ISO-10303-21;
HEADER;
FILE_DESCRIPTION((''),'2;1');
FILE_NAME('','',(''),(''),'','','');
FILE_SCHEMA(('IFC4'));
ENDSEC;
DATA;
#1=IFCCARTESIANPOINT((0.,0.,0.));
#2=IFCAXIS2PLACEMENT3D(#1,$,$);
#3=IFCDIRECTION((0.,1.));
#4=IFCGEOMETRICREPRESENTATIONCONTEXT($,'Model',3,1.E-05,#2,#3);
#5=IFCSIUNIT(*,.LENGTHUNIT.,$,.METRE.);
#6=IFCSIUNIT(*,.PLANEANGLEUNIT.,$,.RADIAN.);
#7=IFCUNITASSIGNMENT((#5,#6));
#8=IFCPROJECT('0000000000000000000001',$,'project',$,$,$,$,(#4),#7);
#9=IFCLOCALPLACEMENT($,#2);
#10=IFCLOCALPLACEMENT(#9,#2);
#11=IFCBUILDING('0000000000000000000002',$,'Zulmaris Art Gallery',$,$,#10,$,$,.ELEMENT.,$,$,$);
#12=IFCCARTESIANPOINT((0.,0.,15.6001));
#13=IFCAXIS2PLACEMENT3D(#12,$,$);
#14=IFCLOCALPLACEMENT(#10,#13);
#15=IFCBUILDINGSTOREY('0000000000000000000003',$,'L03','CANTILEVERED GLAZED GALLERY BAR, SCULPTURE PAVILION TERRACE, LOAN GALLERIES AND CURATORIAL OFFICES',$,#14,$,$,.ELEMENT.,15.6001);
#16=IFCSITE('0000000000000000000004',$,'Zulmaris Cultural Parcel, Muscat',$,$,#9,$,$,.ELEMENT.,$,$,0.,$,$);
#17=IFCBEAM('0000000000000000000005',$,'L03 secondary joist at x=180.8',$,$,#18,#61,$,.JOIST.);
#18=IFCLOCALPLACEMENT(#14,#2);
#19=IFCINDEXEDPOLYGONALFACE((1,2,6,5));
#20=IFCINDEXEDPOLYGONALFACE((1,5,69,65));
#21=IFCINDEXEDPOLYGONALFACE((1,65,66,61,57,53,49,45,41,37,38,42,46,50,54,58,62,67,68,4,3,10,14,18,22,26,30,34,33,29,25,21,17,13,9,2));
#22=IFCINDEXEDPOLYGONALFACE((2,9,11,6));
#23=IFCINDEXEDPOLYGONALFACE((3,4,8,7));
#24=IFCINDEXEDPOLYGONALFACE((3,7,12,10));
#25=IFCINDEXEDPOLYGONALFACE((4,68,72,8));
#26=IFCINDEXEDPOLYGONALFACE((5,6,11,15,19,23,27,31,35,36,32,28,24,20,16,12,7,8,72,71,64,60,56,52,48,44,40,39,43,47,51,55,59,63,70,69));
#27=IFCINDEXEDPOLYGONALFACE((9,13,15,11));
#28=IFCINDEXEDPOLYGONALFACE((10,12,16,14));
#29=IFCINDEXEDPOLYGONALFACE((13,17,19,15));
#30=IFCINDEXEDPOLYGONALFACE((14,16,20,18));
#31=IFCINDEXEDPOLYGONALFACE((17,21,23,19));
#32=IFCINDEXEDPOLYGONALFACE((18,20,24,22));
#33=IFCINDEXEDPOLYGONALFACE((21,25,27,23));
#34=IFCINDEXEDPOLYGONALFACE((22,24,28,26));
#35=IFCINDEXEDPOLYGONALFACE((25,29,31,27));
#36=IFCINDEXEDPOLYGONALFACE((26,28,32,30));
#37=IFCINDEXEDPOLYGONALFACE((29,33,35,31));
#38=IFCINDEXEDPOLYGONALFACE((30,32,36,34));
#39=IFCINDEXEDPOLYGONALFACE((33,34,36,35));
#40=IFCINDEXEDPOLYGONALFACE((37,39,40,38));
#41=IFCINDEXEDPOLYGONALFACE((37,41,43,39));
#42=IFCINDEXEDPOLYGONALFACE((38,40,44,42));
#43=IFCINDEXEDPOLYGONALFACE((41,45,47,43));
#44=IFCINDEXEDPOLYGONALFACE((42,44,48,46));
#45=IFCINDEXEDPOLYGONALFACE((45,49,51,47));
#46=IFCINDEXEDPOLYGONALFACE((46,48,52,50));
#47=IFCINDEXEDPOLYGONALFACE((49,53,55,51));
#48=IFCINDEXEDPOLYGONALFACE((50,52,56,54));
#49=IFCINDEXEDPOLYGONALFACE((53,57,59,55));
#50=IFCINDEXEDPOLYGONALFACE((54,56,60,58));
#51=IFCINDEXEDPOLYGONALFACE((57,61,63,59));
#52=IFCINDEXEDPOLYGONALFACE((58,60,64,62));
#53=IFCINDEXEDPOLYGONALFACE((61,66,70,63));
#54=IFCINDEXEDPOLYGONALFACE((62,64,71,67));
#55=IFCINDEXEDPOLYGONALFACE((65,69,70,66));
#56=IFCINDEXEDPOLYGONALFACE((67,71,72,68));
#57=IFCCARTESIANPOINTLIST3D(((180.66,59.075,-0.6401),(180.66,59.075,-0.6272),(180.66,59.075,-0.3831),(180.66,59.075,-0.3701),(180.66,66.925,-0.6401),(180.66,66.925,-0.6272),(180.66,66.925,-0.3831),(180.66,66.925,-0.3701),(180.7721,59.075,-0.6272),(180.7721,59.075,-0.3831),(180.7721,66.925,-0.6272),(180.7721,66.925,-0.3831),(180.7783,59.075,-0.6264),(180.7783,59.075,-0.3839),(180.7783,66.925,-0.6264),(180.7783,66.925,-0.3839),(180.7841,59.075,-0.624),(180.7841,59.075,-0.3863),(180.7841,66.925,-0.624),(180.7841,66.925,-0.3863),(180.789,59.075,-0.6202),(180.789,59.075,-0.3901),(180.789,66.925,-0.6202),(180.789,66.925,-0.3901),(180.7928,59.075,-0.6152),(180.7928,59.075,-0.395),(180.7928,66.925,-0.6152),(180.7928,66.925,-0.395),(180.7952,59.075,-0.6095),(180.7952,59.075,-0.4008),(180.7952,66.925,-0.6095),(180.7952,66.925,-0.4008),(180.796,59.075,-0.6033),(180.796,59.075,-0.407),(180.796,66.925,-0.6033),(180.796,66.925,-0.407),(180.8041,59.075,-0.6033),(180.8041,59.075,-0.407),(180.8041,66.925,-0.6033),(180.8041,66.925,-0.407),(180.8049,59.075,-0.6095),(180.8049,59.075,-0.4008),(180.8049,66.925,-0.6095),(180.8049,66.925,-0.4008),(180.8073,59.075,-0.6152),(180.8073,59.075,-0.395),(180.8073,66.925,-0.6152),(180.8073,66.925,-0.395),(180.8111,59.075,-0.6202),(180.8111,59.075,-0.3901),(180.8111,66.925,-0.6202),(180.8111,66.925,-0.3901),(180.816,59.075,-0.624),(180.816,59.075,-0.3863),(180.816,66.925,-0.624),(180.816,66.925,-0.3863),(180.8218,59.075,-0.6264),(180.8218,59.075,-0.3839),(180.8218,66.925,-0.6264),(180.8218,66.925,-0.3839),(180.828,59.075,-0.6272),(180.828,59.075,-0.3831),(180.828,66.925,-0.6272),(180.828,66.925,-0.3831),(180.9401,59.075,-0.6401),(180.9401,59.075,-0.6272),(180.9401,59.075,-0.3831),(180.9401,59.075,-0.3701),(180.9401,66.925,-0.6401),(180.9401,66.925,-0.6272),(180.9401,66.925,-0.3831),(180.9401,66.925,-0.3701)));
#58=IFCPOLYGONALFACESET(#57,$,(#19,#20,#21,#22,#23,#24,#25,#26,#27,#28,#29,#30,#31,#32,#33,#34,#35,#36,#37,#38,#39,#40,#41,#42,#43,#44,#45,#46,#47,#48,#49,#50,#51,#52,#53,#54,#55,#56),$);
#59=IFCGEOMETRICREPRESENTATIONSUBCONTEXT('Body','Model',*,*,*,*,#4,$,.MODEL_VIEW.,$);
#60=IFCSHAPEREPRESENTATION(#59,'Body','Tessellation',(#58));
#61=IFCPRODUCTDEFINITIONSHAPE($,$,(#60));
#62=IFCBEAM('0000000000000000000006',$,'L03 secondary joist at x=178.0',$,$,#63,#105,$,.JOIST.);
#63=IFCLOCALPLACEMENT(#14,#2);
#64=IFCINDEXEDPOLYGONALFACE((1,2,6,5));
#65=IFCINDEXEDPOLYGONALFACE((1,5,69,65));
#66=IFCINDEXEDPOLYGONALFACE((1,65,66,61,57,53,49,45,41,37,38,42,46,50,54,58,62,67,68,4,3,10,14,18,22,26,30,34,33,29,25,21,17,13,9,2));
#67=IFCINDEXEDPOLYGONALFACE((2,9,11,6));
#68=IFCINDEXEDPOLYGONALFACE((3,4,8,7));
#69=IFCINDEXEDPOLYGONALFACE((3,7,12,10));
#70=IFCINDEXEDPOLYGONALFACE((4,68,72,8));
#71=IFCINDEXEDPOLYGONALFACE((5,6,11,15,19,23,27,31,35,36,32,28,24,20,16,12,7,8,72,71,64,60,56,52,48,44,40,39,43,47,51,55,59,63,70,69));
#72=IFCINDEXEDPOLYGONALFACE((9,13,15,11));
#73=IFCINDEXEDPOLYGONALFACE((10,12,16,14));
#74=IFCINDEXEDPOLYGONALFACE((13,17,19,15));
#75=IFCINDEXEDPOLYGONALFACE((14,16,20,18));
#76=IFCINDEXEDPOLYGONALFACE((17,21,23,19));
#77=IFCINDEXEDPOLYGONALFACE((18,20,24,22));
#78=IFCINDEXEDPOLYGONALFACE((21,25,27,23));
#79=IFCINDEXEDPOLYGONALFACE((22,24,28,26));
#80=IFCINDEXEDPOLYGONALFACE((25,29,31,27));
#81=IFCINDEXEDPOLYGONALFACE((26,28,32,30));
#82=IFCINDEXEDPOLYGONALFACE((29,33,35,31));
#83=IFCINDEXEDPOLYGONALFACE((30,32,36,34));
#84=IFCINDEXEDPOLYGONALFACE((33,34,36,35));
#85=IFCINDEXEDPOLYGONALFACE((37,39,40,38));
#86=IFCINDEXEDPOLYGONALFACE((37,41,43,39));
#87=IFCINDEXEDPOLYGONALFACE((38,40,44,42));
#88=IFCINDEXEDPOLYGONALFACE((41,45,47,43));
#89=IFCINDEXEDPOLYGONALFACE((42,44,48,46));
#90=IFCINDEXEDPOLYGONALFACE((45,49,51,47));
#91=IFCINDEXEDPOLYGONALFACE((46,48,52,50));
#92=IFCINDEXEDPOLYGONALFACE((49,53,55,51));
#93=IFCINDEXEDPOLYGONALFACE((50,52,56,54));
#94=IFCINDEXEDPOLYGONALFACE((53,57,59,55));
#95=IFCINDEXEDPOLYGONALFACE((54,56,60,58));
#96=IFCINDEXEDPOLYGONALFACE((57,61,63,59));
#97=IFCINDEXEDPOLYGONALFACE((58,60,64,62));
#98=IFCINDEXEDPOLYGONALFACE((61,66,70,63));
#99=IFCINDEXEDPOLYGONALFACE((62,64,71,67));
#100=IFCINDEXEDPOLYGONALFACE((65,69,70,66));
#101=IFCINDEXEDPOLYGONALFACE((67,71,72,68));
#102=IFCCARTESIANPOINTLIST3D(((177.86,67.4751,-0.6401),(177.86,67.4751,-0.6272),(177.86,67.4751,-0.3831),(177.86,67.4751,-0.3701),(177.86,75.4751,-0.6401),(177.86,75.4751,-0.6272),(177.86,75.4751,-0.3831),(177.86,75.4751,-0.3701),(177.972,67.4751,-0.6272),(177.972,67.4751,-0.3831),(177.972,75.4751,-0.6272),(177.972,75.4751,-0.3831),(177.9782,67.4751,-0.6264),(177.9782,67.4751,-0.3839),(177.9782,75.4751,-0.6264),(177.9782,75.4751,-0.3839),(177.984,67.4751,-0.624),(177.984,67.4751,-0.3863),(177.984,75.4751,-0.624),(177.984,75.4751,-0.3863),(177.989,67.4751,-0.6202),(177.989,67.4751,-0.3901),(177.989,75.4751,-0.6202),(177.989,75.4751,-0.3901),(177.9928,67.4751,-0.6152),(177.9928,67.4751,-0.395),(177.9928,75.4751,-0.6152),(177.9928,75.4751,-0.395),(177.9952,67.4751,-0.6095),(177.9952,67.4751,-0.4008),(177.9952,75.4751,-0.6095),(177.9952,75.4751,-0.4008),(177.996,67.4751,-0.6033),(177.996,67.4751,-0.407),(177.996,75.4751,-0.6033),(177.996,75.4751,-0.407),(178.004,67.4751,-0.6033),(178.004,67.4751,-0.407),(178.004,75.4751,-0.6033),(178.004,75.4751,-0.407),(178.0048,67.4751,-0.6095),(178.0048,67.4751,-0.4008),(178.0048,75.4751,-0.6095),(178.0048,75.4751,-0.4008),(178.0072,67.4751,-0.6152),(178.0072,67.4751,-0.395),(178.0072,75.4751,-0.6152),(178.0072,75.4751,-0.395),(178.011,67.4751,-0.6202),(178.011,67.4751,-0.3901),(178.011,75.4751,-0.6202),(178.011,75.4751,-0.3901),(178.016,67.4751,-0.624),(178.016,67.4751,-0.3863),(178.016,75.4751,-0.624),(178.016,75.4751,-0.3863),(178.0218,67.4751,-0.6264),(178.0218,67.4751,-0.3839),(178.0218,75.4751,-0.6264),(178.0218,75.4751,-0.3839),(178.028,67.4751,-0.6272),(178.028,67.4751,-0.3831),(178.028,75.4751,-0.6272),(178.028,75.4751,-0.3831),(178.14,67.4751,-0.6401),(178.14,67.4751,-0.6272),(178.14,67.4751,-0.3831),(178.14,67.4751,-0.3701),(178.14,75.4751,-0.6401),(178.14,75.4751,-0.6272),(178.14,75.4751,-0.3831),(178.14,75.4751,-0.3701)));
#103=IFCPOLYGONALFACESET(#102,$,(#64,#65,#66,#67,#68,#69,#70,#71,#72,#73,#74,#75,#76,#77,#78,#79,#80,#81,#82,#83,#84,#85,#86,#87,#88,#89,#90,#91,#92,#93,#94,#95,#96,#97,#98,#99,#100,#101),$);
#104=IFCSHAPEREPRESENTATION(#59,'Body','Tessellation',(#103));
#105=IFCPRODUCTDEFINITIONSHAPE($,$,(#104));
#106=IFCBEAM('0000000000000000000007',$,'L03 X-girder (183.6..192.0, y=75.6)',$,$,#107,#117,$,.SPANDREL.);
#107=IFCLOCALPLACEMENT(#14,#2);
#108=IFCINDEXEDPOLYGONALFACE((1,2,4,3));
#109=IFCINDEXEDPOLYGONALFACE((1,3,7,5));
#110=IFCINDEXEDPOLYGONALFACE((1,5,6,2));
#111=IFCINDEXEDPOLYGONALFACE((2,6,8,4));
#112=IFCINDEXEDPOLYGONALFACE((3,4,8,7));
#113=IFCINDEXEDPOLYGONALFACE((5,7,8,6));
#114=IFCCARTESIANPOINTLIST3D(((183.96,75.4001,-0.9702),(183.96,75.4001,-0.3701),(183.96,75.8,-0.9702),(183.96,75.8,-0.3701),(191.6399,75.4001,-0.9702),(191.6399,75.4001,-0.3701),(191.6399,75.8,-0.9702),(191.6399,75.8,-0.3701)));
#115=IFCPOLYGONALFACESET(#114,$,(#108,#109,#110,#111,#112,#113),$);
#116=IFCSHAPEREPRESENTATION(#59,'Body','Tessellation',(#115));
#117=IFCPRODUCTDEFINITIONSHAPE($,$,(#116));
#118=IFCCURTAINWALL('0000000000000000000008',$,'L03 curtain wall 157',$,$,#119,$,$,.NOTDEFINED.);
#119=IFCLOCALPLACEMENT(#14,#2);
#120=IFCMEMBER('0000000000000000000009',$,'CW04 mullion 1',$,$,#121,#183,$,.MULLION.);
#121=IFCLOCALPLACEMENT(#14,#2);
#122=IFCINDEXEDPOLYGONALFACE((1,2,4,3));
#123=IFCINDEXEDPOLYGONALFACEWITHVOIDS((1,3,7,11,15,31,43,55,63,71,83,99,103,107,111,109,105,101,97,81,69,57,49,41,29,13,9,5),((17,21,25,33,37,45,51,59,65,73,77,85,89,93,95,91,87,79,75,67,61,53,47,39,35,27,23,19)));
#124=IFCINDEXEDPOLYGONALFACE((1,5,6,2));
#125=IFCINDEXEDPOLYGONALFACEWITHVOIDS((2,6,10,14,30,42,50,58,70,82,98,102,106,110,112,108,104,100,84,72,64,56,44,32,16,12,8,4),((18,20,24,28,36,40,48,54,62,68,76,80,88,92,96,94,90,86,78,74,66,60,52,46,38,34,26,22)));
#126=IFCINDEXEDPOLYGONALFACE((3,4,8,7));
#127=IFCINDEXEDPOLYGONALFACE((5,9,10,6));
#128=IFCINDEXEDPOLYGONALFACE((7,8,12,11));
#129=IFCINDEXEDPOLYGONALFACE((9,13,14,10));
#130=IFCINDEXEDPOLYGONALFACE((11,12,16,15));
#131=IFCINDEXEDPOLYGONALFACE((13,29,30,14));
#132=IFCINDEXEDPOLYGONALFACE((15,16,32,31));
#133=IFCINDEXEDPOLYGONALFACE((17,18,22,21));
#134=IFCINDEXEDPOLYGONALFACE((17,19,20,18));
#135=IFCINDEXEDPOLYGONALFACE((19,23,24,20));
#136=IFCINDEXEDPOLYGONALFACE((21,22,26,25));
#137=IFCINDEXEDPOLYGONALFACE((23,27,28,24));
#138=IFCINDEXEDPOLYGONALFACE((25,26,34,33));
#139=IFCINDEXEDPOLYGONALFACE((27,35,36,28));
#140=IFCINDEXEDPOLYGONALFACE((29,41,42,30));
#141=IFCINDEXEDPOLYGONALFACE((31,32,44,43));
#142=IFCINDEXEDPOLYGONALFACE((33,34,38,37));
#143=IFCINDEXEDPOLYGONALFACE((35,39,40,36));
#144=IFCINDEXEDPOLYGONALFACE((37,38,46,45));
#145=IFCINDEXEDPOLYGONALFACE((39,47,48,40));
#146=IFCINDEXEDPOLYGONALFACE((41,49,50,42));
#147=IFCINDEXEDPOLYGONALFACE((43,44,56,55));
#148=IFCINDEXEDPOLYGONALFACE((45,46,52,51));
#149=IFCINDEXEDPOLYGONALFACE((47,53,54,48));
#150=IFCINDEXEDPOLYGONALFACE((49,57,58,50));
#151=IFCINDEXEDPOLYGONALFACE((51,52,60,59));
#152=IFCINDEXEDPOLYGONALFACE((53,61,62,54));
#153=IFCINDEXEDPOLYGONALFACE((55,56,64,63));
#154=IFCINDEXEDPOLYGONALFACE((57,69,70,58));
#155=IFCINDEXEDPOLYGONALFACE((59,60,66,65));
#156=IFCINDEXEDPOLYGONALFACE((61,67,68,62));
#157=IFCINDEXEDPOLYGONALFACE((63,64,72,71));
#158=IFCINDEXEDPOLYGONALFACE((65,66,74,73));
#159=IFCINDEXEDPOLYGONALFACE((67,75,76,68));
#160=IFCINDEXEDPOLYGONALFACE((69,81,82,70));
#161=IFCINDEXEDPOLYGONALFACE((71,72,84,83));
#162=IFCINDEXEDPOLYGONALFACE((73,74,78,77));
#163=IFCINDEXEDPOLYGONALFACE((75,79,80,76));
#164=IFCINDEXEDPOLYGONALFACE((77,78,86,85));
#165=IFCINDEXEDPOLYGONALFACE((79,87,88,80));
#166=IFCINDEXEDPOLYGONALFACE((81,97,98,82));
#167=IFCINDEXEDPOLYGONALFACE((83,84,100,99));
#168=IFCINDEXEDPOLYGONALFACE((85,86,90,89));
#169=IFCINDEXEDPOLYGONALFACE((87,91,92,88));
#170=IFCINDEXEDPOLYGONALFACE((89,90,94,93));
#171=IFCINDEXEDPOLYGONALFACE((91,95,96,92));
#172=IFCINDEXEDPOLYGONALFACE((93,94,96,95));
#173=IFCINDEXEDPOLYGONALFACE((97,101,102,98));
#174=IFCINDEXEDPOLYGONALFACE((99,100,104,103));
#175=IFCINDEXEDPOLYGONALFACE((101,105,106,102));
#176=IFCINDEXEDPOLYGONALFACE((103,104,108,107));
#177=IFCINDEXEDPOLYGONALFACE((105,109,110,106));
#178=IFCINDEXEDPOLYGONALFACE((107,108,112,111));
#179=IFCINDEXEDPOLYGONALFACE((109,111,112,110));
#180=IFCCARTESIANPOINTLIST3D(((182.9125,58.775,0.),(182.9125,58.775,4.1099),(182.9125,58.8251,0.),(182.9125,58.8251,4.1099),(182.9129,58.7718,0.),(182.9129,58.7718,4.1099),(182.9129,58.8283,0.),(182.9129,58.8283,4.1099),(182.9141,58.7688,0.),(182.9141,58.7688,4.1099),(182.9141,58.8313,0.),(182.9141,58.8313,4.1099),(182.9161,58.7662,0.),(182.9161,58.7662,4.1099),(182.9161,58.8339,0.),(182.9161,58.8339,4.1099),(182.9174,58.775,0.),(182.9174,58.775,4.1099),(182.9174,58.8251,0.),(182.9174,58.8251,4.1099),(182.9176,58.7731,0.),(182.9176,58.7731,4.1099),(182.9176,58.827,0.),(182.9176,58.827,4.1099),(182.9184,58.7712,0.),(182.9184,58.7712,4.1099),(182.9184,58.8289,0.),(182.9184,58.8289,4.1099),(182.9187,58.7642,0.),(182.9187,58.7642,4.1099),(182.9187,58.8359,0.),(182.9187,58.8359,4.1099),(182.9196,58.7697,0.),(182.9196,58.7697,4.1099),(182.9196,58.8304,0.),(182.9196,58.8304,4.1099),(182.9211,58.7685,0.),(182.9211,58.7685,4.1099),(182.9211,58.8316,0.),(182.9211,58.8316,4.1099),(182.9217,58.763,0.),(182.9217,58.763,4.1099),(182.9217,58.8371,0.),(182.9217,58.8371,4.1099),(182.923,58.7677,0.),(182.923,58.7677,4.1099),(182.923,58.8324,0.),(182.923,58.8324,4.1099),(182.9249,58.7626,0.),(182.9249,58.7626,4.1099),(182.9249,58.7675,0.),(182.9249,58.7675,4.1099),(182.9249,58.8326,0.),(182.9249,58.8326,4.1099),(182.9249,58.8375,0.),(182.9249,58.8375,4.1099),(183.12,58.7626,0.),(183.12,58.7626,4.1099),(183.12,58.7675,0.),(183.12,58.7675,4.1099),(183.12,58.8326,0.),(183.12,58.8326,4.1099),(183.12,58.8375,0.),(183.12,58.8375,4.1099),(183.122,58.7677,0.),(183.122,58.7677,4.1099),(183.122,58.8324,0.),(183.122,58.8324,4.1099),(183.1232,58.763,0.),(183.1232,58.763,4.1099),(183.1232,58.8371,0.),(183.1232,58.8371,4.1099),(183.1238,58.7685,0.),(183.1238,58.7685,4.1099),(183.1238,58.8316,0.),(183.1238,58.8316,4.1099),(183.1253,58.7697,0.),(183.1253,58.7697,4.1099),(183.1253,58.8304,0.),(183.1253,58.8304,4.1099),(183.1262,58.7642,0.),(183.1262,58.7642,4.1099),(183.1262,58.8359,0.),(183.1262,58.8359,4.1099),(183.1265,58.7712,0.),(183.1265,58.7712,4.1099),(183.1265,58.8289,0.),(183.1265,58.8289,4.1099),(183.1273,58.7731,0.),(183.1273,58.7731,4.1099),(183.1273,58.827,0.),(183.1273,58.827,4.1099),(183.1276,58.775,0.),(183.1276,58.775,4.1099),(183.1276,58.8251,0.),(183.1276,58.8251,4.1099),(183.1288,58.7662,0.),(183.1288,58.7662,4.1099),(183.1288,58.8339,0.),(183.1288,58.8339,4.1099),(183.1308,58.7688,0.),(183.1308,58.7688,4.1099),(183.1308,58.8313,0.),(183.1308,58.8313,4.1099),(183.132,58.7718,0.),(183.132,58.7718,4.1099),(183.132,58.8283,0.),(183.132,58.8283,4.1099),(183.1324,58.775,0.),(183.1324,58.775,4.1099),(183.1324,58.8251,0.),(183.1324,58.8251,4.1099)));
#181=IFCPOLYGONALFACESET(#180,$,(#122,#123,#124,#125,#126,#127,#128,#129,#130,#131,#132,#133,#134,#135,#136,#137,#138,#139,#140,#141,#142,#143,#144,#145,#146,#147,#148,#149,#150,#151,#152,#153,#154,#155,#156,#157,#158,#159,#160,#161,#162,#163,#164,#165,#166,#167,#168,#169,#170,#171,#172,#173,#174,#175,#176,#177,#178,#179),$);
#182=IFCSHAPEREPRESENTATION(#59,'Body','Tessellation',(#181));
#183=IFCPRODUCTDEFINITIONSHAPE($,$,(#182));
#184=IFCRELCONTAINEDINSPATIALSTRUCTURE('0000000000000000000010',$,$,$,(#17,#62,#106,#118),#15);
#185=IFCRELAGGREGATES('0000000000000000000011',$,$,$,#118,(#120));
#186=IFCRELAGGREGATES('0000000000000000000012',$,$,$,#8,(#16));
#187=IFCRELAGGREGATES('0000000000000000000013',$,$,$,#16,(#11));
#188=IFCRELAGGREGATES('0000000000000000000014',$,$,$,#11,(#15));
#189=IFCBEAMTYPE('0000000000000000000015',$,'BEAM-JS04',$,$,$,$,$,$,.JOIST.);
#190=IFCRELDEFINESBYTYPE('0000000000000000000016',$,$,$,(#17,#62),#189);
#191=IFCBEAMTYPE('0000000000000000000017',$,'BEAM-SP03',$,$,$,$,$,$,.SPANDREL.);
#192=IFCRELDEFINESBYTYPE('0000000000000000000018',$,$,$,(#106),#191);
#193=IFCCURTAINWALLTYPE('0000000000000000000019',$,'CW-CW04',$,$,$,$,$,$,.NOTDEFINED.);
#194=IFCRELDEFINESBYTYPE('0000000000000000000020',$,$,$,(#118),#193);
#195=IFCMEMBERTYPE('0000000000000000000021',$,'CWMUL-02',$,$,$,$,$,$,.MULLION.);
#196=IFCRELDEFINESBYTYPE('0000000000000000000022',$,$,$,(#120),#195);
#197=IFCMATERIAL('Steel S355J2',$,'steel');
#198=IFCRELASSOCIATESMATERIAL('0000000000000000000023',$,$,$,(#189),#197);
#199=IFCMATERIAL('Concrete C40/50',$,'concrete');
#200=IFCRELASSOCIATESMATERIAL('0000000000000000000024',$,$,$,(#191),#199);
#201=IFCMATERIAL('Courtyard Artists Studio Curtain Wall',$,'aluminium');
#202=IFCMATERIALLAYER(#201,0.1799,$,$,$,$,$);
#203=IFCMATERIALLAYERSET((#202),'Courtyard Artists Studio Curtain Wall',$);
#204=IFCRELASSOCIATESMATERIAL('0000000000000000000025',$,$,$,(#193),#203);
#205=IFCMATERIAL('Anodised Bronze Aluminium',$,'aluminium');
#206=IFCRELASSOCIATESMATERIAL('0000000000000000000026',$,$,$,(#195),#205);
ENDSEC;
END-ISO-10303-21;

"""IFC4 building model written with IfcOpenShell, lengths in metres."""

from ifc_helpers import new_model, si_unit, direction, frame, origin, origin_2d, place, context, subcontext, project, spatial, rectangle, hollow_rectangle, i_section, extrude, material, layer, layer_set, material_profile, profile_set, type_object, element, aggregate, save


model = new_model("IFC4")

# Units and contexts
model_context = context("Model", 3, precision=1e-05, world=origin(), true_north=direction((0.0, 1.0)))
body_context = subcontext(model_context, "Body", "Model", "MODEL_VIEW")
ifc_project = project(units=[si_unit("LENGTHUNIT", "METRE"), si_unit("PLANEANGLEUNIT", "RADIAN")], contexts=[model_context])

# Site, building, storey
site_placement = place(None, origin())
site = spatial("IfcSite", under=ifc_project, at=site_placement, Name="Zulmaris Cultural Parcel, Muscat", CompositionType="ELEMENT", RefElevation=0.0)
building_placement = place(site_placement, origin())
building = spatial("IfcBuilding", under=site, at=building_placement, Name="Zulmaris Art Gallery", CompositionType="ELEMENT")
storey_placement = place(building_placement, frame((0.0, 0.0, 15.6001)))
storey = spatial("IfcBuildingStorey", under=building, at=storey_placement, Name="L03", Description="CANTILEVERED GLAZED GALLERY BAR, SCULPTURE PAVILION TERRACE, LOAN GALLERIES AND CURATORIAL OFFICES", CompositionType="ELEMENT", Elevation=15.6001)

# Shared definitions
ifc_material_1 = material(Name="Concrete C40/50", Category="concrete")

# Beams
ifc_material_2 = material(Name="Steel S355J2", Category="steel")
ifc_material_profile_1 = material_profile(ifc_material_2, i_section(OverallWidth=0.28, OverallDepth=0.27, WebThickness=0.0081, FlangeThickness=0.0129, FilletRadius=0.0239, at=origin_2d()), Name="HEA 280")
ifc_profile_set_1 = profile_set([ifc_material_profile_1], Name="Steel S355J2")
beam_type_1 = type_object("IfcBeamType", Name="BEAM-JS04", PredefinedType="JOIST", material=ifc_profile_set_1)
beam_1_placement = place(storey_placement, frame((180.8, 59.075, -0.5051), z_axis=(0.0, 1.0, 0.0), x_axis=(-1.0, 0.0, 0.0)))
element("IfcBeam", 1, at=beam_1_placement, inside=storey, type_object=beam_type_1, Name="L03 secondary joist at x=180.8", PredefinedType="JOIST", context=body_context, shape_type="SweptSolid", body=[
    extrude(i_section(OverallWidth=0.28, OverallDepth=0.27, WebThickness=0.0081, FlangeThickness=0.0129, FilletRadius=0.0239, at=origin_2d()), origin(), (0.0, 0.0, 1.0), 7.8501),
])
beam_2_placement = place(storey_placement, frame((178.0, 67.4751, -0.5051), z_axis=(0.0, 1.0, 0.0), x_axis=(-1.0, 0.0, 0.0)))
element("IfcBeam", 2, at=beam_2_placement, inside=storey, type_object=beam_type_1, Name="L03 secondary joist at x=178.0", PredefinedType="JOIST", context=body_context, shape_type="SweptSolid", body=[
    extrude(i_section(OverallWidth=0.28, OverallDepth=0.27, WebThickness=0.0081, FlangeThickness=0.0129, FilletRadius=0.0239, at=origin_2d()), origin(), (0.0, 0.0, 1.0), 8.0),
])
ifc_material_profile_2 = material_profile(ifc_material_1, rectangle(XDim=0.3999, YDim=0.6001, at=origin_2d()), Name="RC 400x600")
ifc_profile_set_2 = profile_set([ifc_material_profile_2], Name="Concrete C40/50")
beam_type_2 = type_object("IfcBeamType", Name="BEAM-SP03", PredefinedType="SPANDREL", material=ifc_profile_set_2)
beam_3_placement = place(storey_placement, frame((183.96, 75.6001, -0.6702), z_axis=(1.0, 0.0, 0.0), x_axis=(0.0, 1.0, 0.0)))
element("IfcBeam", 3, at=beam_3_placement, inside=storey, type_object=beam_type_2, Name="L03 X-girder (183.6..192.0, y=75.6)", PredefinedType="SPANDREL", context=body_context, shape_type="SweptSolid", body=[
    extrude(rectangle(XDim=0.3999, YDim=0.6001, at=origin_2d()), origin(), (0.0, 0.0, 1.0), 7.6799),
])

# Curtain wall, member
ifc_material_3 = material(Name="Courtyard Artists Studio Curtain Wall", Category="aluminium")
ifc_layer_1 = layer(ifc_material_3, 0.1799)
ifc_layer_set_1 = layer_set([ifc_layer_1], Name="Courtyard Artists Studio Curtain Wall")
curtain_wall_type = type_object("IfcCurtainWallType", Name="CW-CW04", PredefinedType="NOTDEFINED", material=ifc_layer_set_1)
curtain_wall_placement = place(storey_placement, origin())
curtain_wall = element("IfcCurtainWall", 4, at=curtain_wall_placement, inside=storey, type_object=curtain_wall_type, Name="L03 curtain wall 157", PredefinedType="NOTDEFINED")
ifc_material_4 = material(Name="Anodised Bronze Aluminium", Category="aluminium")
ifc_material_profile_3 = material_profile(ifc_material_4, hollow_rectangle(XDim=0.075, YDim=0.22, WallThickness=0.0049, InnerFilletRadius=0.0076, OuterFilletRadius=0.0125, at=origin_2d()), Name="ALU 75x220x5")
ifc_profile_set_3 = profile_set([ifc_material_profile_3], Name="Anodised Bronze Aluminium")
member_type_1 = type_object("IfcMemberType", Name="CWMUL-02", PredefinedType="MULLION", material=ifc_profile_set_3)
member_1_placement = place(storey_placement, frame((183.0225, 58.8, 0.0), z_axis=(0.0, 0.0, 1.0), x_axis=(0.0, -1.0, 0.0)))
member_1 = element("IfcMember", 5, at=member_1_placement, type_object=member_type_1, Name="CW04 mullion 1", PredefinedType="MULLION", context=body_context, shape_type="SweptSolid", body=[
    extrude(hollow_rectangle(XDim=0.075, YDim=0.22, WallThickness=0.0049, InnerFilletRadius=0.0076, OuterFilletRadius=0.0125, at=origin_2d()), origin(), (0.0, 0.0, 1.0), 4.1099),
])
aggregate(curtain_wall, [member_1])

save(model, "model.ifc")
